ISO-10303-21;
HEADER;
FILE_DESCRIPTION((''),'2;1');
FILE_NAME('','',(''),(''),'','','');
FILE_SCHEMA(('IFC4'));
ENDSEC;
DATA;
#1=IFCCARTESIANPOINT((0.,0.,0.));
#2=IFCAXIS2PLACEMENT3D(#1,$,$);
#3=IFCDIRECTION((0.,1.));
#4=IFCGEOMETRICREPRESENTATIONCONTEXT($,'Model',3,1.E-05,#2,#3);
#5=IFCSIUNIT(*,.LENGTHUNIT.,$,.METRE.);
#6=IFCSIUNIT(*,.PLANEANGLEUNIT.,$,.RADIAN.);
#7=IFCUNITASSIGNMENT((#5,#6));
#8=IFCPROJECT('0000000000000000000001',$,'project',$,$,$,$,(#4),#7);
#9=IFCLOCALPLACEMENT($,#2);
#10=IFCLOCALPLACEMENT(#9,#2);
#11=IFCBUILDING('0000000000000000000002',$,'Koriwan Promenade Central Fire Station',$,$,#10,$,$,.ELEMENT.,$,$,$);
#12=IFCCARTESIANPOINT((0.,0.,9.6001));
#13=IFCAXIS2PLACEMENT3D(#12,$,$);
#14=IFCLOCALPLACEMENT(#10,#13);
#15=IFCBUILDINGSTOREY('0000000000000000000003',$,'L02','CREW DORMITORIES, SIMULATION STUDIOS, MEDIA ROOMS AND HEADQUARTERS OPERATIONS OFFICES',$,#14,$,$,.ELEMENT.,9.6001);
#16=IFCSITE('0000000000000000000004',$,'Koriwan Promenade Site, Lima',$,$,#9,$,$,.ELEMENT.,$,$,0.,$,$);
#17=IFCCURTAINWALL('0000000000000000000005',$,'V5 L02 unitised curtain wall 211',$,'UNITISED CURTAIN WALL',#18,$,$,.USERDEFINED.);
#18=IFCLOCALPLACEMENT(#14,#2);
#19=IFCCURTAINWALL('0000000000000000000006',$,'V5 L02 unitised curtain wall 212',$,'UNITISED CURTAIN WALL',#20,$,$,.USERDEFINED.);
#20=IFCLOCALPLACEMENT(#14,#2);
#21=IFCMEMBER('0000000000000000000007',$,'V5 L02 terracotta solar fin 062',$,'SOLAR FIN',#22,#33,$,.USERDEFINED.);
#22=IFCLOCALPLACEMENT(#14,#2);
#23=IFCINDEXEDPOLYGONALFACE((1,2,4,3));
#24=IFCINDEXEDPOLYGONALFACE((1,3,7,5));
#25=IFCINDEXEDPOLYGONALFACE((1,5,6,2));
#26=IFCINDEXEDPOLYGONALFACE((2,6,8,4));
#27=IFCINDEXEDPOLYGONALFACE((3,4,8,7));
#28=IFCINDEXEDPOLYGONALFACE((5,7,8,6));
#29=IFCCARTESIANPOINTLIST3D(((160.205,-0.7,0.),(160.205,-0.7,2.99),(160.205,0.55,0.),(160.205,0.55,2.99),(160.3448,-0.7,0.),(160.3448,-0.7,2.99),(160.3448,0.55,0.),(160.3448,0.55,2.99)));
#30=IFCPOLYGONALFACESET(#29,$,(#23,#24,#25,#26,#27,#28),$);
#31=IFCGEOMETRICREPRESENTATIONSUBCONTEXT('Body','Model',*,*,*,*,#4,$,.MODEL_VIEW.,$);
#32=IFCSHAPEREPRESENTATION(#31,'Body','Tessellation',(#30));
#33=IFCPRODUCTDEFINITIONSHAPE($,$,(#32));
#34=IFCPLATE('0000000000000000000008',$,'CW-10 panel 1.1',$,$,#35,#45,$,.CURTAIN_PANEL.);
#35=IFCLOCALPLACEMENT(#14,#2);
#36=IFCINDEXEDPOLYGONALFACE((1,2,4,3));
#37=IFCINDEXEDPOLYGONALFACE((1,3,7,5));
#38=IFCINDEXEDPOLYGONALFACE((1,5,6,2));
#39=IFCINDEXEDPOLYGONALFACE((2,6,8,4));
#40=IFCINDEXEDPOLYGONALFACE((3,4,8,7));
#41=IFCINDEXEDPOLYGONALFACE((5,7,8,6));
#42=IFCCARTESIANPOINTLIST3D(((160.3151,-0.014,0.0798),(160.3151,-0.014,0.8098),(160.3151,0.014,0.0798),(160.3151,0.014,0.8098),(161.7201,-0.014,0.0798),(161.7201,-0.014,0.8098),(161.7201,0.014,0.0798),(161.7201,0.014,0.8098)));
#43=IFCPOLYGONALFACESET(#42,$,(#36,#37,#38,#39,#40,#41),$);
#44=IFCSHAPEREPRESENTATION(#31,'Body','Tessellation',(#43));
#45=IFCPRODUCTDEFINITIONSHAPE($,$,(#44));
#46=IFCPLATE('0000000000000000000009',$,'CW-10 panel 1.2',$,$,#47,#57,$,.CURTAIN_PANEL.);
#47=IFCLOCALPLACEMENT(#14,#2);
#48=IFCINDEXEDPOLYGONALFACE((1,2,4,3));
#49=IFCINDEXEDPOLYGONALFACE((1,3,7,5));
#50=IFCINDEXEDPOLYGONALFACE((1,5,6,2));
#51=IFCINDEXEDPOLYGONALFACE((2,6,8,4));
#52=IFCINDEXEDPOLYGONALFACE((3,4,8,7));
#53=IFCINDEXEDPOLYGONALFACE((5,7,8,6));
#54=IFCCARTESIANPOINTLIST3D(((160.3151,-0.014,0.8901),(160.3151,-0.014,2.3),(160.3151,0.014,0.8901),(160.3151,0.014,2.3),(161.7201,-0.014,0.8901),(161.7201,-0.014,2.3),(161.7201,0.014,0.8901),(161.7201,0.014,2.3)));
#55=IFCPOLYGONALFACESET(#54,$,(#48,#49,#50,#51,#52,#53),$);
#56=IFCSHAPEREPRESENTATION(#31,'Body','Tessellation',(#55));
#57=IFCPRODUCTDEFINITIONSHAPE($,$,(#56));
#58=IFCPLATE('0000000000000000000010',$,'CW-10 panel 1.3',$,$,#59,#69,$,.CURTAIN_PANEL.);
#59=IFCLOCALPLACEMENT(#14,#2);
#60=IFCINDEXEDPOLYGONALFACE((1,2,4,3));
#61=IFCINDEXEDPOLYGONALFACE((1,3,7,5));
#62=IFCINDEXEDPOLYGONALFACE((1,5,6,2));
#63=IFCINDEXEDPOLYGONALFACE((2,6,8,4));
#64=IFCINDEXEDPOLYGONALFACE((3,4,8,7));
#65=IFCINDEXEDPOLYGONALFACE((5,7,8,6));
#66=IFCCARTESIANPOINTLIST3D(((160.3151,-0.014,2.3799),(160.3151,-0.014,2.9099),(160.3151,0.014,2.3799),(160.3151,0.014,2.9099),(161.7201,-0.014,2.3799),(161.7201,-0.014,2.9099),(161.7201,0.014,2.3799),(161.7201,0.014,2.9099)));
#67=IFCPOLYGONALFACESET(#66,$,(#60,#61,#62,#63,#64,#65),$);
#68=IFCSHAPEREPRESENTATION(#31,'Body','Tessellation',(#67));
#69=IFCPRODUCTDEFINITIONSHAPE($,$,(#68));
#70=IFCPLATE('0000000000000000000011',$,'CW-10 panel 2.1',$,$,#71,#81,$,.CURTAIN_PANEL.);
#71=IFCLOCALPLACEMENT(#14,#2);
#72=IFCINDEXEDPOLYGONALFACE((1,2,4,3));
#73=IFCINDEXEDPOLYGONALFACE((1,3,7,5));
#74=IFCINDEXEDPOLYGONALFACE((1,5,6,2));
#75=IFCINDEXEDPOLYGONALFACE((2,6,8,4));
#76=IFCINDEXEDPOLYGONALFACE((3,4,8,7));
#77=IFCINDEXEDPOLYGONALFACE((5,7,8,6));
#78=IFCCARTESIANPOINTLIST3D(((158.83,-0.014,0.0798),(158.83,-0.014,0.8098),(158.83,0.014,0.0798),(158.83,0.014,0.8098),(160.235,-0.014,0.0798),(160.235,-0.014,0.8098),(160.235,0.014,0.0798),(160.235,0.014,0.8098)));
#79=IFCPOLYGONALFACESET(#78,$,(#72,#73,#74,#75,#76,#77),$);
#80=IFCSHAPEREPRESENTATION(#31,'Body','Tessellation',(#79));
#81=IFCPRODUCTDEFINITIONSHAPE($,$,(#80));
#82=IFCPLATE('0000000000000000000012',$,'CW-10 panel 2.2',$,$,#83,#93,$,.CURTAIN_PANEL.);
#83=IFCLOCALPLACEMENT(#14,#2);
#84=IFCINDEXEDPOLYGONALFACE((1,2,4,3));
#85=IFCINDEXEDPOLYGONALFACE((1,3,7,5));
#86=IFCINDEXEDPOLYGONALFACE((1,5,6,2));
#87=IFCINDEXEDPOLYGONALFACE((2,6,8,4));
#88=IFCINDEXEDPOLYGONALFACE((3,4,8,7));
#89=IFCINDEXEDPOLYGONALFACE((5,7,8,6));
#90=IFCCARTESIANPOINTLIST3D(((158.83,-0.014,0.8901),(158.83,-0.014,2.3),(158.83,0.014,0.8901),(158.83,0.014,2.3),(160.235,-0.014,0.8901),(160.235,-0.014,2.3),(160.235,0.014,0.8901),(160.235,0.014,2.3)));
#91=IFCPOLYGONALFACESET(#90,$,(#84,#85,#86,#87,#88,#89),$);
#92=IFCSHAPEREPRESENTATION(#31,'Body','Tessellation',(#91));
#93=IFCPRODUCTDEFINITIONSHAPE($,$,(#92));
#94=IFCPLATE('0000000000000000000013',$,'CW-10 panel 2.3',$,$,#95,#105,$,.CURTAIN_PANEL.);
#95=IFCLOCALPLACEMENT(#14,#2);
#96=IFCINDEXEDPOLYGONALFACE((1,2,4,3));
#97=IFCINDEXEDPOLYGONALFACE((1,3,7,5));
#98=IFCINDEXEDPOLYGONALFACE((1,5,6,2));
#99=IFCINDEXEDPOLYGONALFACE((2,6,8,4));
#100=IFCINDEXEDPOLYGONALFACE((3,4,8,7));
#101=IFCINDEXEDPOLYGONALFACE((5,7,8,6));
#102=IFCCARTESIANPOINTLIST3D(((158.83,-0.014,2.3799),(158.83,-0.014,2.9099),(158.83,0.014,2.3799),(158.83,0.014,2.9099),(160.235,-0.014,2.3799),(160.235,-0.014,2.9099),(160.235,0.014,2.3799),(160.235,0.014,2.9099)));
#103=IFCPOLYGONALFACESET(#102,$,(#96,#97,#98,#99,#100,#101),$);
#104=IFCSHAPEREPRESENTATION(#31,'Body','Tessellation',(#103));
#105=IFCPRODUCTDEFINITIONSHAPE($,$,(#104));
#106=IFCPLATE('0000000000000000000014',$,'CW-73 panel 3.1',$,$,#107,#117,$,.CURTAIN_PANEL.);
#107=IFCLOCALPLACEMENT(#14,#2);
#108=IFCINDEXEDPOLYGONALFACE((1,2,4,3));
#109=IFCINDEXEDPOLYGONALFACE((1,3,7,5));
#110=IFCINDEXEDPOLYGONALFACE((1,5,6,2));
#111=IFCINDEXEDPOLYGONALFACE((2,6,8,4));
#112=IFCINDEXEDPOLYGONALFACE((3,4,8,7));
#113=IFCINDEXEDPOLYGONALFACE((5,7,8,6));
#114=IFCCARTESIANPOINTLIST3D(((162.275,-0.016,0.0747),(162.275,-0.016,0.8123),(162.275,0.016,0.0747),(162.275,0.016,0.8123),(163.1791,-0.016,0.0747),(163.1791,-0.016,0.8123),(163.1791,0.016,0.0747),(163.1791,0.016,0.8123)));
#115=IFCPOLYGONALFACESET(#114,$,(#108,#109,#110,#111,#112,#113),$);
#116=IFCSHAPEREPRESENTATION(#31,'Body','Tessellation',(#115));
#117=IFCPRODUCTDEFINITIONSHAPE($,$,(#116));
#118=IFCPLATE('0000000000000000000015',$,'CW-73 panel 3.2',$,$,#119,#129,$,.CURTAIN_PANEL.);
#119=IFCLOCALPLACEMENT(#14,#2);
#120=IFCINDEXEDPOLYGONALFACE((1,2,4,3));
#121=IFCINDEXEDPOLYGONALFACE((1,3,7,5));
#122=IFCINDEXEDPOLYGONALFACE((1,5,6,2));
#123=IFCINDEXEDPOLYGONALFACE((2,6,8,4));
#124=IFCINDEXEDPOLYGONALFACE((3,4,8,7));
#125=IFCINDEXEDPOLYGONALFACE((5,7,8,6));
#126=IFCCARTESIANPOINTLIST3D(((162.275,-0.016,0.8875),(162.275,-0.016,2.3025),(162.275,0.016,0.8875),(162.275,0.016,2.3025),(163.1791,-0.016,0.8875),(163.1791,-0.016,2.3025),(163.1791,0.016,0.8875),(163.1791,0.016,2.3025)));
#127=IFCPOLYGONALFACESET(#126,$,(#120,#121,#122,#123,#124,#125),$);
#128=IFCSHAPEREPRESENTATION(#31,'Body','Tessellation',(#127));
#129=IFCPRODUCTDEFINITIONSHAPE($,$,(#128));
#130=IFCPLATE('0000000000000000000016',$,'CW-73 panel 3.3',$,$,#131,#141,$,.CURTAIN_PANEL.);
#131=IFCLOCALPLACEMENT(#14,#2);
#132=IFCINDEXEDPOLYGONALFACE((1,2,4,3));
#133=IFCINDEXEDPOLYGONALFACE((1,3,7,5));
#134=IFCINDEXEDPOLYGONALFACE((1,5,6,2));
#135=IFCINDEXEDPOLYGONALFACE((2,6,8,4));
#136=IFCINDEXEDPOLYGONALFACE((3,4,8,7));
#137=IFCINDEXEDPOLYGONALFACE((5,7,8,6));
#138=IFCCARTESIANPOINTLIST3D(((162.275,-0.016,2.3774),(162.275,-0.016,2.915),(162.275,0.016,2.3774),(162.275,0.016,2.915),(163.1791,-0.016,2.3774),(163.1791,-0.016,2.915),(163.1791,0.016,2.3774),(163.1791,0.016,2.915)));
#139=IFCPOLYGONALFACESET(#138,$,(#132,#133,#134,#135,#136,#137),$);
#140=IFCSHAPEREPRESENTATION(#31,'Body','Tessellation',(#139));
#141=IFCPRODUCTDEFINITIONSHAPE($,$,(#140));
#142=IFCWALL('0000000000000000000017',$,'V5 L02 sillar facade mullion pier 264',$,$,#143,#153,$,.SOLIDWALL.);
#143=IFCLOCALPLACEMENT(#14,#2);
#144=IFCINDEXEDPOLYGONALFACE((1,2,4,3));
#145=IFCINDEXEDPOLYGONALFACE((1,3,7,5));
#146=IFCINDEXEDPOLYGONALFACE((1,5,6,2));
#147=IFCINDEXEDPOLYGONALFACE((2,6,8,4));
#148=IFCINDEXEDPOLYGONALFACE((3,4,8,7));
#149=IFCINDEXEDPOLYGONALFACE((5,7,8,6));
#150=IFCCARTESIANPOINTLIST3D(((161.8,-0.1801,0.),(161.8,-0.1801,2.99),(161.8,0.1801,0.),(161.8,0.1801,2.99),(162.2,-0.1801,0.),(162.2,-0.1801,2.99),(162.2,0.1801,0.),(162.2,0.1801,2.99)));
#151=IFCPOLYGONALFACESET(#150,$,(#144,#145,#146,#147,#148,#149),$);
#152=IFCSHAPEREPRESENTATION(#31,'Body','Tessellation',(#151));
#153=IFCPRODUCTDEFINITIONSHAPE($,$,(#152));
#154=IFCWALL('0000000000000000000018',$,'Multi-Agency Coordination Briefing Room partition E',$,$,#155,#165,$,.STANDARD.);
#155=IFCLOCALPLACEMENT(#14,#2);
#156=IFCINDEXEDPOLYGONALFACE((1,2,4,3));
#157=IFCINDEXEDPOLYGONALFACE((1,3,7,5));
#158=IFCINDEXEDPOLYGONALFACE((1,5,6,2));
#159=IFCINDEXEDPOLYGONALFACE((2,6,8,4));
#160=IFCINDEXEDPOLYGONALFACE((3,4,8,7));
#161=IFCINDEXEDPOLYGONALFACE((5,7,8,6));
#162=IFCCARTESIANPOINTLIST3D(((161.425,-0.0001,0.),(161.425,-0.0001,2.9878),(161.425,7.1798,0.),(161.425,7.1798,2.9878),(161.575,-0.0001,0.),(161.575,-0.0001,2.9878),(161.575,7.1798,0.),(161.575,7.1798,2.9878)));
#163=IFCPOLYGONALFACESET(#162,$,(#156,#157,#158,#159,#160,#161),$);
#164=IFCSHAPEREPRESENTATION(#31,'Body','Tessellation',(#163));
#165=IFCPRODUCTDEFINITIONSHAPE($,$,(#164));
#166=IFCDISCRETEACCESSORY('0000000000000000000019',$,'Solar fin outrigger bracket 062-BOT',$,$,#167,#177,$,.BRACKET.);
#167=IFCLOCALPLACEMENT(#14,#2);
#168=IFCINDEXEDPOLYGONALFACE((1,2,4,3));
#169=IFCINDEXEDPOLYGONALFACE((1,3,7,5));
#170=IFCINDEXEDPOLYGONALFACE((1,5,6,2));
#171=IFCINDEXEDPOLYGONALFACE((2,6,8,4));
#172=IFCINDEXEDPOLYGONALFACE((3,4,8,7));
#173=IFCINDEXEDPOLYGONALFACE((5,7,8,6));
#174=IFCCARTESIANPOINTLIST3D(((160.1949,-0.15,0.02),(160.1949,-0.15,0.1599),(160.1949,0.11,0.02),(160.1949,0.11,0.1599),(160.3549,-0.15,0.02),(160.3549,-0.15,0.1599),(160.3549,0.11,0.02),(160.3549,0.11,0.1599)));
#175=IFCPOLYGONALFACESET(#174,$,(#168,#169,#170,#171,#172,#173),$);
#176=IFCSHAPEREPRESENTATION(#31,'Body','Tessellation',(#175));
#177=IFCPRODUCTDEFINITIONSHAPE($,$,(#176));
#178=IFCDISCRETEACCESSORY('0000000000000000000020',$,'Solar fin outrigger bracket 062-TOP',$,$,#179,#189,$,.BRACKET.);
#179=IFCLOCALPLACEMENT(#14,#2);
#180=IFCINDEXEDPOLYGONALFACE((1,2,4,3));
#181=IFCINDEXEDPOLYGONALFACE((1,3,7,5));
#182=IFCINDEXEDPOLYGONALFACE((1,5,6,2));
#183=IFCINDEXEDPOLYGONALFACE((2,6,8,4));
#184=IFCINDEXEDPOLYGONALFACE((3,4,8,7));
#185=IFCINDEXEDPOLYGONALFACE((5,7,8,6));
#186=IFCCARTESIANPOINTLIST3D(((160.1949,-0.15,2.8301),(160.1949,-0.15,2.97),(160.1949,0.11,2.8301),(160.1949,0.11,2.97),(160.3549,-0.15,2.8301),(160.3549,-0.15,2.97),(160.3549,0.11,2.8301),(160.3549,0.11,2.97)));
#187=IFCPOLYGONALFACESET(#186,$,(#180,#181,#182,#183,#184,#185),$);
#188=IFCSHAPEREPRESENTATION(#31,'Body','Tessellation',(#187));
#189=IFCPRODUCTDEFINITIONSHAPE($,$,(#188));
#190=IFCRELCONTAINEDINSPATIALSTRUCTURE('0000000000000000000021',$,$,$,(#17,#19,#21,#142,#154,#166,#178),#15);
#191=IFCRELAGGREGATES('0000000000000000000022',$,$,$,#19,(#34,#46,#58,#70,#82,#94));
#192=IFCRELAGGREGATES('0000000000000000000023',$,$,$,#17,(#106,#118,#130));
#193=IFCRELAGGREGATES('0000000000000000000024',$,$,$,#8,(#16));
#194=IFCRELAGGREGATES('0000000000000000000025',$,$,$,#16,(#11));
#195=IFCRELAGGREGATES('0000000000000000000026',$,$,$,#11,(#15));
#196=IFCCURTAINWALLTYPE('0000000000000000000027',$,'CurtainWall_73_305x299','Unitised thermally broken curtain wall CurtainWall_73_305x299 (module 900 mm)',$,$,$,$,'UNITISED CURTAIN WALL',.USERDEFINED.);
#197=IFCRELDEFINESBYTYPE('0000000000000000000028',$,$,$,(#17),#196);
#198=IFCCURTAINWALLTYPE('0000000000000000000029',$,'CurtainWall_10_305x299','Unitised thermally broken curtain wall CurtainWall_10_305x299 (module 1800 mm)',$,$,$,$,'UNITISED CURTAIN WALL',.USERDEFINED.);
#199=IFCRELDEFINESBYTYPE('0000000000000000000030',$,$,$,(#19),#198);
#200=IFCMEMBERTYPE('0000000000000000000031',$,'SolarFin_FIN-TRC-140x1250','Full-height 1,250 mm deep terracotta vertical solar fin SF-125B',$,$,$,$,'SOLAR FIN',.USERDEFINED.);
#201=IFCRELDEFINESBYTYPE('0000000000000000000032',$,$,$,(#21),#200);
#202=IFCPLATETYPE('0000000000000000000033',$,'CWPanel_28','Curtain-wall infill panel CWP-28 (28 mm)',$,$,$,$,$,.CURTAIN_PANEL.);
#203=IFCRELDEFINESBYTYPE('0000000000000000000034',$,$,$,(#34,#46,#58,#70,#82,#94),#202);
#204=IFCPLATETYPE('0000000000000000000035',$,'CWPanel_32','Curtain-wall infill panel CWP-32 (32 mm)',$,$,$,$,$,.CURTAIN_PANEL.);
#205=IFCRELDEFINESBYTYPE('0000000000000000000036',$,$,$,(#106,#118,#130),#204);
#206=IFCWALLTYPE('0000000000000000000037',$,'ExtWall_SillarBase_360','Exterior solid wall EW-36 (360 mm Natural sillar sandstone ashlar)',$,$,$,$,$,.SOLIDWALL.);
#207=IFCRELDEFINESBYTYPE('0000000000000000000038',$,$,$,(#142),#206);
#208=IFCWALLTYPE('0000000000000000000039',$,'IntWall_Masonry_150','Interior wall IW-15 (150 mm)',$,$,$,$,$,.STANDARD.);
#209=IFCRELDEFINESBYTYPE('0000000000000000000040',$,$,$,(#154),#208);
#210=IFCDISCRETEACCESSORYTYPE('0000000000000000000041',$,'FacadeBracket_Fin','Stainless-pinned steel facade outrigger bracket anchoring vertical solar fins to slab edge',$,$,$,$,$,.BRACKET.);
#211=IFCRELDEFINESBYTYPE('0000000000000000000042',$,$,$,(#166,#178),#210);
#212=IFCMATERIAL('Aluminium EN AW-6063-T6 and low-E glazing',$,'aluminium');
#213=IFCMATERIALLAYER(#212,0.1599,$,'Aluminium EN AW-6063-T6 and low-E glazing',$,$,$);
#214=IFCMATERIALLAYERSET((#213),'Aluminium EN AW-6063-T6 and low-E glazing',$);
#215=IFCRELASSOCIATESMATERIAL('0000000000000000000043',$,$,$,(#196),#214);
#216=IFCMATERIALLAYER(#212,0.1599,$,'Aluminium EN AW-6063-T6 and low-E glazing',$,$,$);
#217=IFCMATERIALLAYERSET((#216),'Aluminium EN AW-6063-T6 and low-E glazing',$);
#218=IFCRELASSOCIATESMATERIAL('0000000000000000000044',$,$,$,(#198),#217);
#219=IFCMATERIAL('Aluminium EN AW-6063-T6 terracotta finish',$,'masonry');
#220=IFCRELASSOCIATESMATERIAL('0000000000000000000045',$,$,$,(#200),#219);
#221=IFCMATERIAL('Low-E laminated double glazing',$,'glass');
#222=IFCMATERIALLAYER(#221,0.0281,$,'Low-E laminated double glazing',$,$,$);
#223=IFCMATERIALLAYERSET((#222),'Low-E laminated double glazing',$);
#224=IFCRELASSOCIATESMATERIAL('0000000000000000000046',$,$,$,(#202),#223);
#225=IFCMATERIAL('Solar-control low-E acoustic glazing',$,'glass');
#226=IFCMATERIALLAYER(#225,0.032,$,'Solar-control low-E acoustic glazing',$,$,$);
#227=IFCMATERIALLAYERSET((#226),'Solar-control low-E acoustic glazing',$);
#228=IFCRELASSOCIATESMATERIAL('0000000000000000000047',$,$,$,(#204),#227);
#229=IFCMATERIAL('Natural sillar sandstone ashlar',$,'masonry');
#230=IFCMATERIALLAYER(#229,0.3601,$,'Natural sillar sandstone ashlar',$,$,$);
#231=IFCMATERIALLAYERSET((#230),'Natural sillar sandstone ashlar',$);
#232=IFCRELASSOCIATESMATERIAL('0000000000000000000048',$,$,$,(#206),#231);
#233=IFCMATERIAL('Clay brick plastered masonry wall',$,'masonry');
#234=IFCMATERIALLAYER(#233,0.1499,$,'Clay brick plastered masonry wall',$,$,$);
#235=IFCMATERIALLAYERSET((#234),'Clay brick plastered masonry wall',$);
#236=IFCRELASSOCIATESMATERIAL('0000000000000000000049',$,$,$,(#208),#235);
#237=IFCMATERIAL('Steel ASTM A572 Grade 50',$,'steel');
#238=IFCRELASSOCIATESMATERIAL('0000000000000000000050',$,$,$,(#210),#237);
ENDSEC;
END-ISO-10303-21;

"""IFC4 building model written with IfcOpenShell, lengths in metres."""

from ifc_helpers import new_model, si_unit, direction, frame, frame_2d, origin, origin_2d, place, context, subcontext, project, spatial, rectangle, extrude, material, layer, layer_set, material_profile, profile_set, type_object, element, aggregate, save


model = new_model("IFC4")

# Units and contexts
model_context = context("Model", 3, precision=1e-05, world=origin(), true_north=direction((0.0, 1.0)))
body_context = subcontext(model_context, "Body", "Model", "MODEL_VIEW")
ifc_project = project(units=[si_unit("LENGTHUNIT", "METRE"), si_unit("PLANEANGLEUNIT", "RADIAN")], contexts=[model_context])

# Site, building, storey
site_placement = place(None, origin())
site = spatial("IfcSite", under=ifc_project, at=site_placement, Name="Koriwan Promenade Site, Lima", CompositionType="ELEMENT", RefElevation=0.0)
building_placement = place(site_placement, origin())
building = spatial("IfcBuilding", under=site, at=building_placement, Name="Koriwan Promenade Central Fire Station", CompositionType="ELEMENT")
storey_placement = place(building_placement, frame((0.0, 0.0, 9.6001)))
storey = spatial("IfcBuildingStorey", under=building, at=storey_placement, Name="L02", Description="CREW DORMITORIES, SIMULATION STUDIOS, MEDIA ROOMS AND HEADQUARTERS OPERATIONS OFFICES", CompositionType="ELEMENT", Elevation=9.6001)

# Curtain wall
ifc_material_1 = material(Name="Aluminium EN AW-6063-T6 and low-E glazing", Category="aluminium")
ifc_layer_1 = layer(ifc_material_1, 0.1599, Name="Aluminium EN AW-6063-T6 and low-E glazing")
ifc_layer_set_1 = layer_set([ifc_layer_1], Name="Aluminium EN AW-6063-T6 and low-E glazing")
curtain_wall_type_1 = type_object("IfcCurtainWallType", Name="CurtainWall_73_305x299", Description="Unitised thermally broken curtain wall CurtainWall_73_305x299 (module 900 mm)", ElementType="UNITISED CURTAIN WALL", PredefinedType="USERDEFINED", material=ifc_layer_set_1)
curtain_wall_1_placement = place(storey_placement, origin())
curtain_wall_1 = element("IfcCurtainWall", 1, at=curtain_wall_1_placement, inside=storey, type_object=curtain_wall_type_1, Name="V5 L02 unitised curtain wall 211", ObjectType="UNITISED CURTAIN WALL", PredefinedType="USERDEFINED")

# Curtain wall
ifc_layer_2 = layer(ifc_material_1, 0.1599, Name="Aluminium EN AW-6063-T6 and low-E glazing")
ifc_layer_set_2 = layer_set([ifc_layer_2], Name="Aluminium EN AW-6063-T6 and low-E glazing")
curtain_wall_type_2 = type_object("IfcCurtainWallType", Name="CurtainWall_10_305x299", Description="Unitised thermally broken curtain wall CurtainWall_10_305x299 (module 1800 mm)", ElementType="UNITISED CURTAIN WALL", PredefinedType="USERDEFINED", material=ifc_layer_set_2)
curtain_wall_2_placement = place(storey_placement, origin())
curtain_wall_2 = element("IfcCurtainWall", 2, at=curtain_wall_2_placement, inside=storey, type_object=curtain_wall_type_2, Name="V5 L02 unitised curtain wall 212", ObjectType="UNITISED CURTAIN WALL", PredefinedType="USERDEFINED")

# Member
ifc_material_2 = material(Name="Aluminium EN AW-6063-T6 terracotta finish", Category="masonry")
ifc_material_profile_1 = material_profile(ifc_material_2, rectangle(XDim=0.1399, YDim=1.25, at=origin_2d()), Name="FIN-TRC-140x1250")
ifc_profile_set_1 = profile_set([ifc_material_profile_1], Name="Aluminium EN AW-6063-T6 terracotta finish")
member_type_1 = type_object("IfcMemberType", Name="SolarFin_FIN-TRC-140x1250", Description="Full-height 1,250 mm deep terracotta vertical solar fin SF-125B", ElementType="SOLAR FIN", PredefinedType="USERDEFINED", material=ifc_profile_set_1)
for number, where, z_axis, x_axis, name in (
    (3, (160.2749, -0.075, 0.0), (0.0, 0.0, 1.0), (-1.0, 0.0, 0.0), "V5 L02 terracotta solar fin 062"),
):
    element("IfcMember", number, at=place(storey_placement, frame(where, z_axis=z_axis, x_axis=x_axis)), inside=storey, type_object=member_type_1, Name=name, ObjectType="SOLAR FIN", PredefinedType="USERDEFINED", context=body_context, shape_type="SweptSolid", body=[
        extrude(rectangle(XDim=0.1399, YDim=1.25, at=origin_2d()), origin(), (0.0, 0.0, 1.0), 2.99),
    ])

# Plates
ifc_material_3 = material(Name="Low-E laminated double glazing", Category="glass")
ifc_layer_3 = layer(ifc_material_3, 0.0281, Name="Low-E laminated double glazing")
ifc_layer_set_3 = layer_set([ifc_layer_3], Name="Low-E laminated double glazing")
plate_type_1 = type_object("IfcPlateType", Name="CWPanel_28", Description="Curtain-wall infill panel CWP-28 (28 mm)", PredefinedType="CURTAIN_PANEL", material=ifc_layer_set_3)
plate_1_placement = place(storey_placement, frame((161.0176, 0.0, 0.0798), z_axis=(0.0, 0.0, 1.0), x_axis=(-1.0, 0.0, 0.0)))
plate_1 = element("IfcPlate", 4, at=plate_1_placement, type_object=plate_type_1, Name="CW-10 panel 1.1", PredefinedType="CURTAIN_PANEL", context=body_context, shape_type="SweptSolid", body=[
    extrude(rectangle(XDim=1.405, YDim=0.0281, at=origin_2d()), origin(), (0.0, 0.0, 1.0), 0.73),
])
plate_2_placement = place(storey_placement, frame((161.0176, 0.0, 0.8901), z_axis=(0.0, 0.0, 1.0), x_axis=(-1.0, 0.0, 0.0)))
plate_2 = element("IfcPlate", 5, at=plate_2_placement, type_object=plate_type_1, Name="CW-10 panel 1.2", PredefinedType="CURTAIN_PANEL", context=body_context, shape_type="SweptSolid", body=[
    extrude(rectangle(XDim=1.405, YDim=0.0281, at=origin_2d()), origin(), (0.0, 0.0, 1.0), 1.4099),
])
plate_3_placement = place(storey_placement, frame((161.0176, 0.0, 2.3799), z_axis=(0.0, 0.0, 1.0), x_axis=(-1.0, 0.0, 0.0)))
plate_3 = element("IfcPlate", 6, at=plate_3_placement, type_object=plate_type_1, Name="CW-10 panel 1.3", PredefinedType="CURTAIN_PANEL", context=body_context, shape_type="SweptSolid", body=[
    extrude(rectangle(XDim=1.405, YDim=0.0281, at=origin_2d()), origin(), (0.0, 0.0, 1.0), 0.53),
])
plate_4_placement = place(storey_placement, frame((159.5325, 0.0, 0.0798), z_axis=(0.0, 0.0, 1.0), x_axis=(-1.0, 0.0, 0.0)))
plate_4 = element("IfcPlate", 7, at=plate_4_placement, type_object=plate_type_1, Name="CW-10 panel 2.1", PredefinedType="CURTAIN_PANEL", context=body_context, shape_type="SweptSolid", body=[
    extrude(rectangle(XDim=1.405, YDim=0.0281, at=origin_2d()), origin(), (0.0, 0.0, 1.0), 0.73),
])
plate_5_placement = place(storey_placement, frame((159.5325, 0.0, 0.8901), z_axis=(0.0, 0.0, 1.0), x_axis=(-1.0, 0.0, 0.0)))
plate_5 = element("IfcPlate", 8, at=plate_5_placement, type_object=plate_type_1, Name="CW-10 panel 2.2", PredefinedType="CURTAIN_PANEL", context=body_context, shape_type="SweptSolid", body=[
    extrude(rectangle(XDim=1.405, YDim=0.0281, at=origin_2d()), origin(), (0.0, 0.0, 1.0), 1.4099),
])
plate_6_placement = place(storey_placement, frame((159.5325, 0.0, 2.3799), z_axis=(0.0, 0.0, 1.0), x_axis=(-1.0, 0.0, 0.0)))
plate_6 = element("IfcPlate", 9, at=plate_6_placement, type_object=plate_type_1, Name="CW-10 panel 2.3", PredefinedType="CURTAIN_PANEL", context=body_context, shape_type="SweptSolid", body=[
    extrude(rectangle(XDim=1.405, YDim=0.0281, at=origin_2d()), origin(), (0.0, 0.0, 1.0), 0.53),
])
aggregate(curtain_wall_2, [plate_1, plate_2, plate_3, plate_4, plate_5, plate_6])
ifc_material_4 = material(Name="Solar-control low-E acoustic glazing", Category="glass")
ifc_layer_4 = layer(ifc_material_4, 0.032, Name="Solar-control low-E acoustic glazing")
ifc_layer_set_4 = layer_set([ifc_layer_4], Name="Solar-control low-E acoustic glazing")
plate_type_2 = type_object("IfcPlateType", Name="CWPanel_32", Description="Curtain-wall infill panel CWP-32 (32 mm)", PredefinedType="CURTAIN_PANEL", material=ifc_layer_set_4)
plate_7_placement = place(storey_placement, frame((162.7271, 0.0, 0.0747), z_axis=(0.0, 0.0, 1.0), x_axis=(-1.0, 0.0, 0.0)))
plate_7 = element("IfcPlate", 10, at=plate_7_placement, type_object=plate_type_2, Name="CW-73 panel 3.1", PredefinedType="CURTAIN_PANEL", context=body_context, shape_type="SweptSolid", body=[
    extrude(rectangle(XDim=0.9041, YDim=0.032, at=origin_2d()), origin(), (0.0, 0.0, 1.0), 0.7375),
])
plate_8_placement = place(storey_placement, frame((162.7271, 0.0, 0.8875), z_axis=(0.0, 0.0, 1.0), x_axis=(-1.0, 0.0, 0.0)))
plate_8 = element("IfcPlate", 11, at=plate_8_placement, type_object=plate_type_2, Name="CW-73 panel 3.2", PredefinedType="CURTAIN_PANEL", context=body_context, shape_type="SweptSolid", body=[
    extrude(rectangle(XDim=0.9041, YDim=0.032, at=origin_2d()), origin(), (0.0, 0.0, 1.0), 1.415),
])
plate_9_placement = place(storey_placement, frame((162.7271, 0.0, 2.3774), z_axis=(0.0, 0.0, 1.0), x_axis=(-1.0, 0.0, 0.0)))
plate_9 = element("IfcPlate", 12, at=plate_9_placement, type_object=plate_type_2, Name="CW-73 panel 3.3", PredefinedType="CURTAIN_PANEL", context=body_context, shape_type="SweptSolid", body=[
    extrude(rectangle(XDim=0.9041, YDim=0.032, at=origin_2d()), origin(), (0.0, 0.0, 1.0), 0.5376),
])
aggregate(curtain_wall_1, [plate_7, plate_8, plate_9])

# Walls
ifc_material_5 = material(Name="Natural sillar sandstone ashlar", Category="masonry")
ifc_layer_5 = layer(ifc_material_5, 0.3601, Name="Natural sillar sandstone ashlar")
ifc_layer_set_5 = layer_set([ifc_layer_5], Name="Natural sillar sandstone ashlar")
wall_type_1 = type_object("IfcWallType", Name="ExtWall_SillarBase_360", Description="Exterior solid wall EW-36 (360 mm Natural sillar sandstone ashlar)", PredefinedType="SOLIDWALL", material=ifc_layer_set_5)
wall_1_placement = place(storey_placement, frame((162.2, 0.0, 0.0), z_axis=(0.0, 0.0, 1.0), x_axis=(-1.0, 0.0, 0.0)))
element("IfcWall", 13, at=wall_1_placement, inside=storey, type_object=wall_type_1, Name="V5 L02 sillar facade mullion pier 264", PredefinedType="SOLIDWALL", context=body_context, shape_type="SweptSolid", body=[
    extrude(rectangle(XDim=0.3999, YDim=0.3601, at=frame_2d((0.2, 0.0))), origin(), (0.0, 0.0, 1.0), 2.99),
])
ifc_material_6 = material(Name="Clay brick plastered masonry wall", Category="masonry")
ifc_layer_6 = layer(ifc_material_6, 0.1499, Name="Clay brick plastered masonry wall")
ifc_layer_set_6 = layer_set([ifc_layer_6], Name="Clay brick plastered masonry wall")
wall_type_2 = type_object("IfcWallType", Name="IntWall_Masonry_150", Description="Interior wall IW-15 (150 mm)", PredefinedType="STANDARD", material=ifc_layer_set_6)
wall_2_placement = place(storey_placement, frame((161.5, 0.0, 0.0), z_axis=(0.0, 0.0, 1.0), x_axis=(0.0, 1.0, 0.0)))
element("IfcWall", 14, at=wall_2_placement, inside=storey, type_object=wall_type_2, Name="Multi-Agency Coordination Briefing Room partition E", PredefinedType="STANDARD", context=body_context, shape_type="SweptSolid", body=[
    extrude(rectangle(XDim=7.1799, YDim=0.1499, at=frame_2d((3.5898, 0.0))), origin(), (0.0, 0.0, 1.0), 2.9878),
])

# Discrete accessories
ifc_material_7 = material(Name="Steel ASTM A572 Grade 50", Category="steel")
discrete_accessory_type = type_object("IfcDiscreteAccessoryType", Name="FacadeBracket_Fin", Description="Stainless-pinned steel facade outrigger bracket anchoring vertical solar fins to slab edge", PredefinedType="BRACKET", material=ifc_material_7)
for number, where, z_axis, x_axis, name in (
    (15, (160.2749, -0.02, 0.02), (0.0, 0.0, 1.0), (0.0, -1.0, 0.0), "Solar fin outrigger bracket 062-BOT"),
    (16, (160.2749, -0.02, 2.8301), (0.0, 0.0, 1.0), (0.0, -1.0, 0.0), "Solar fin outrigger bracket 062-TOP"),
):
    element("IfcDiscreteAccessory", number, at=place(storey_placement, frame(where, z_axis=z_axis, x_axis=x_axis)), inside=storey, type_object=discrete_accessory_type, Name=name, PredefinedType="BRACKET", context=body_context, shape_type="SweptSolid", body=[
        extrude(rectangle(XDim=0.26, YDim=0.1599, at=origin_2d()), origin(), (0.0, 0.0, 1.0), 0.1399),
    ])

save(model, "model.ifc")
